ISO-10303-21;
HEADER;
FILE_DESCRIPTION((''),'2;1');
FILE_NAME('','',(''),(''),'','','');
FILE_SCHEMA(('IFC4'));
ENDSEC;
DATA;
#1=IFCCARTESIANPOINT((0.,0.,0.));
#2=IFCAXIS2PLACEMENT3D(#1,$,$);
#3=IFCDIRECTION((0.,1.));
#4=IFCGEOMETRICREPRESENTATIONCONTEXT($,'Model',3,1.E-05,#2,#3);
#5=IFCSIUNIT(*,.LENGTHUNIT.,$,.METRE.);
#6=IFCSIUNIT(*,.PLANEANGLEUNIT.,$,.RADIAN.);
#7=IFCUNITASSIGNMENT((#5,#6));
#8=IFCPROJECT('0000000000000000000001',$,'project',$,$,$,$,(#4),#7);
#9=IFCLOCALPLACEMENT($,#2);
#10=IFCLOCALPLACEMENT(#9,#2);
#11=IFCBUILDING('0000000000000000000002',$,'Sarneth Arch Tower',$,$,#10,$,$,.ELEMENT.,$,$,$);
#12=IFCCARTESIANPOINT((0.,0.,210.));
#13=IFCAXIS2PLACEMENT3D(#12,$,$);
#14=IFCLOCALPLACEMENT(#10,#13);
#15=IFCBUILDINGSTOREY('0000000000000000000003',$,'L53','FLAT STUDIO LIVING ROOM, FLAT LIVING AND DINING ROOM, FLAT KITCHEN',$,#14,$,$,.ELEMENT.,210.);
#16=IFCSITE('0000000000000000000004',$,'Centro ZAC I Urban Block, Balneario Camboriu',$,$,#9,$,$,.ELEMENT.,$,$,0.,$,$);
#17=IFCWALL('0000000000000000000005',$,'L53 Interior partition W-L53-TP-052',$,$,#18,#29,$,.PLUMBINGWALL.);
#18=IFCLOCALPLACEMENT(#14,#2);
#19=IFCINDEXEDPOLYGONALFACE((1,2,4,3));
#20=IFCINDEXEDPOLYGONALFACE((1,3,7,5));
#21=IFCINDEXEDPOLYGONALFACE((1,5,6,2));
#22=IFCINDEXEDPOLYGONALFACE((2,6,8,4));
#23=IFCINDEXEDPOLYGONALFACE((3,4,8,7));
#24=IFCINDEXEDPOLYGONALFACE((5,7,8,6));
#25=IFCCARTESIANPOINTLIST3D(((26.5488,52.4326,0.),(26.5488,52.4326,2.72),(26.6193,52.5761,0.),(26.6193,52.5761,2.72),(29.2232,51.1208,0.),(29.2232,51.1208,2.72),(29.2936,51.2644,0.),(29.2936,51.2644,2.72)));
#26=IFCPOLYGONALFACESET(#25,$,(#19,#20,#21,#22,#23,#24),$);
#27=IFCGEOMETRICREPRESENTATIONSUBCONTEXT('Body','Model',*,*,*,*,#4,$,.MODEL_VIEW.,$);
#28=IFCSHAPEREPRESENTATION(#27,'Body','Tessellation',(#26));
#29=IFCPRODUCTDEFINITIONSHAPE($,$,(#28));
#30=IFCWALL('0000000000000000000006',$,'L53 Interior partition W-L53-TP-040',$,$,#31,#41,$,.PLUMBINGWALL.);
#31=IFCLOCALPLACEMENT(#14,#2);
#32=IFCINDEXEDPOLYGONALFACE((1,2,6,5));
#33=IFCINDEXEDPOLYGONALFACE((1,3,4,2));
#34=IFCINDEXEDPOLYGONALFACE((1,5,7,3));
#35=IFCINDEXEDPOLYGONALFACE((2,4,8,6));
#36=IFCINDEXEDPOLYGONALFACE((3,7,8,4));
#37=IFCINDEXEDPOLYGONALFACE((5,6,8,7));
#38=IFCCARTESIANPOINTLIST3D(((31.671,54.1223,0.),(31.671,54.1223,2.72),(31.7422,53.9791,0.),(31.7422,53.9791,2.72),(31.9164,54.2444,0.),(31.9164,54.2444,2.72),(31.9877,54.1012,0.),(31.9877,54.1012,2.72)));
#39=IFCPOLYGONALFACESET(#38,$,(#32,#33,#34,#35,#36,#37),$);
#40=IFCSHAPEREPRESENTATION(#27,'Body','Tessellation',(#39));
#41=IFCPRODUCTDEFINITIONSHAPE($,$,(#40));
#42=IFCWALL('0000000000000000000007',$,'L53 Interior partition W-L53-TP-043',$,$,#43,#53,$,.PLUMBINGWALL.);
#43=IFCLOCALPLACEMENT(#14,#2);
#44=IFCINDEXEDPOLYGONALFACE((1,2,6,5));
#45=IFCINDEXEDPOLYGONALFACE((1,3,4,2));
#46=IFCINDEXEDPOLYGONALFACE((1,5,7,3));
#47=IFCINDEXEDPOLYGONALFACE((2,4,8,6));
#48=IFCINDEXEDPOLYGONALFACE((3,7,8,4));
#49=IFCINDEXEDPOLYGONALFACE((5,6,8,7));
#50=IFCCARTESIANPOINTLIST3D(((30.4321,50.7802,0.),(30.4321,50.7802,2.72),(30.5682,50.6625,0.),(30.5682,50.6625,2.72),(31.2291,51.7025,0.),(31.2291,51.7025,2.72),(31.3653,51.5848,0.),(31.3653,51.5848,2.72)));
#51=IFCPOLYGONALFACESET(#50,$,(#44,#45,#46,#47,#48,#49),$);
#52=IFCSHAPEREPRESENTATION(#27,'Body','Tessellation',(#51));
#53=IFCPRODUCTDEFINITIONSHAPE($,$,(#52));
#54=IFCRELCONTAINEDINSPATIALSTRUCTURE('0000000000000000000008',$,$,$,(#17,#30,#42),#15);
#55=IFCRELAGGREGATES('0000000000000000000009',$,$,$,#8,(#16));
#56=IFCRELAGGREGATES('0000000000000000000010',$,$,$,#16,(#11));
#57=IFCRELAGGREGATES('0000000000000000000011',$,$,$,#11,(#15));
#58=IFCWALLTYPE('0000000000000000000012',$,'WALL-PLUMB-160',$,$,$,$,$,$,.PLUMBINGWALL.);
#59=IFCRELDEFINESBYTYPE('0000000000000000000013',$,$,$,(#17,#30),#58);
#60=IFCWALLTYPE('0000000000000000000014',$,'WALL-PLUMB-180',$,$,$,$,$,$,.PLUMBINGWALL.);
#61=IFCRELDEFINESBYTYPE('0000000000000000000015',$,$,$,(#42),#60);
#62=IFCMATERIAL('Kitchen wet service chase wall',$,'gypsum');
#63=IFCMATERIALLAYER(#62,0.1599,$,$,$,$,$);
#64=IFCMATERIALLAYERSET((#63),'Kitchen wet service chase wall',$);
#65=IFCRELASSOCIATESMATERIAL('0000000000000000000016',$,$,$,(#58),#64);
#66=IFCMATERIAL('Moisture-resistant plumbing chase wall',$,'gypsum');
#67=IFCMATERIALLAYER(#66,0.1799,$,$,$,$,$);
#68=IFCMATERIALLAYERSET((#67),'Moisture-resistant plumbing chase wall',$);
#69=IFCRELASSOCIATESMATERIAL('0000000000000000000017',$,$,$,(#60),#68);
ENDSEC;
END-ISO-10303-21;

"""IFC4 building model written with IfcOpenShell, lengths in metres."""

from ifc_helpers import new_model, si_unit, direction, frame, frame_2d, origin, place, context, subcontext, project, spatial, rectangle, extrude, material, layer, layer_set, type_object, element, save


model = new_model("IFC4")

# Units and contexts
model_context = context("Model", 3, precision=1e-05, world=origin(), true_north=direction((0.0, 1.0)))
body_context = subcontext(model_context, "Body", "Model", "MODEL_VIEW")
ifc_project = project(units=[si_unit("LENGTHUNIT", "METRE"), si_unit("PLANEANGLEUNIT", "RADIAN")], contexts=[model_context])

# Site, building, storey
site_placement = place(None, origin())
site = spatial("IfcSite", under=ifc_project, at=site_placement, Name="Centro ZAC I Urban Block, Balneario Camboriu", CompositionType="ELEMENT", RefElevation=0.0)
building_placement = place(site_placement, origin())
building = spatial("IfcBuilding", under=site, at=building_placement, Name="Sarneth Arch Tower", CompositionType="ELEMENT")
storey_placement = place(building_placement, frame((0.0, 0.0, 210.0)))
storey = spatial("IfcBuildingStorey", under=building, at=storey_placement, Name="L53", Description="FLAT STUDIO LIVING ROOM, FLAT LIVING AND DINING ROOM, FLAT KITCHEN", CompositionType="ELEMENT", Elevation=210.0)

# Shared definitions
ifc_material_1 = material(Name="Kitchen wet service chase wall", Category="gypsum")
ifc_layer_1 = layer(ifc_material_1, 0.1599)
ifc_layer_set_1 = layer_set([ifc_layer_1], Name="Kitchen wet service chase wall")
wall_type_1 = type_object("IfcWallType", Name="WALL-PLUMB-160", PredefinedType="PLUMBINGWALL", material=ifc_layer_set_1)

# Walls
wall_1_placement = place(storey_placement, frame((29.2583, 51.1926, 0.0), z_axis=(0.0, 0.0, 1.0), x_axis=(-0.897811, 0.440381, 0.0)))
element("IfcWall", 1, at=wall_1_placement, inside=storey, type_object=wall_type_1, Name="L53 Interior partition W-L53-TP-052", PredefinedType="PLUMBINGWALL", context=body_context, shape_type="SweptSolid", body=[
    extrude(rectangle(XDim=2.9788, YDim=0.1599, at=frame_2d((1.4893, 0.0))), origin(), (0.0, 0.0, 1.0), 2.72),
])
wall_2_placement = place(storey_placement, frame((31.9521, 54.1729, 0.0), z_axis=(0.0, 0.0, 1.0), x_axis=(-0.895316, -0.445431, 0.0)))
element("IfcWall", 2, at=wall_2_placement, inside=storey, type_object=wall_type_1, Name="L53 Interior partition W-L53-TP-040", PredefinedType="PLUMBINGWALL", context=body_context, shape_type="SweptSolid", body=[
    extrude(rectangle(XDim=0.2742, YDim=0.1599, at=frame_2d((0.1372, 0.0))), origin(), (0.0, 0.0, 1.0), 2.72),
])
ifc_material_2 = material(Name="Moisture-resistant plumbing chase wall", Category="gypsum")
ifc_layer_2 = layer(ifc_material_2, 0.1799)
ifc_layer_set_2 = layer_set([ifc_layer_2], Name="Moisture-resistant plumbing chase wall")
wall_type_2 = type_object("IfcWallType", Name="WALL-PLUMB-180", PredefinedType="PLUMBINGWALL", material=ifc_layer_set_2)
wall_3_placement = place(storey_placement, frame((31.2971, 51.6436, 0.0), z_axis=(0.0, 0.0, 1.0), x_axis=(-0.65387, -0.756607, 0.0)))
element("IfcWall", 3, at=wall_3_placement, inside=storey, type_object=wall_type_2, Name="L53 Interior partition W-L53-TP-043", PredefinedType="PLUMBINGWALL", context=body_context, shape_type="SweptSolid", body=[
    extrude(rectangle(XDim=1.219, YDim=0.1799, at=frame_2d((0.6094, 0.0))), origin(), (0.0, 0.0, 1.0), 2.72),
])

save(model, "model.ifc")
